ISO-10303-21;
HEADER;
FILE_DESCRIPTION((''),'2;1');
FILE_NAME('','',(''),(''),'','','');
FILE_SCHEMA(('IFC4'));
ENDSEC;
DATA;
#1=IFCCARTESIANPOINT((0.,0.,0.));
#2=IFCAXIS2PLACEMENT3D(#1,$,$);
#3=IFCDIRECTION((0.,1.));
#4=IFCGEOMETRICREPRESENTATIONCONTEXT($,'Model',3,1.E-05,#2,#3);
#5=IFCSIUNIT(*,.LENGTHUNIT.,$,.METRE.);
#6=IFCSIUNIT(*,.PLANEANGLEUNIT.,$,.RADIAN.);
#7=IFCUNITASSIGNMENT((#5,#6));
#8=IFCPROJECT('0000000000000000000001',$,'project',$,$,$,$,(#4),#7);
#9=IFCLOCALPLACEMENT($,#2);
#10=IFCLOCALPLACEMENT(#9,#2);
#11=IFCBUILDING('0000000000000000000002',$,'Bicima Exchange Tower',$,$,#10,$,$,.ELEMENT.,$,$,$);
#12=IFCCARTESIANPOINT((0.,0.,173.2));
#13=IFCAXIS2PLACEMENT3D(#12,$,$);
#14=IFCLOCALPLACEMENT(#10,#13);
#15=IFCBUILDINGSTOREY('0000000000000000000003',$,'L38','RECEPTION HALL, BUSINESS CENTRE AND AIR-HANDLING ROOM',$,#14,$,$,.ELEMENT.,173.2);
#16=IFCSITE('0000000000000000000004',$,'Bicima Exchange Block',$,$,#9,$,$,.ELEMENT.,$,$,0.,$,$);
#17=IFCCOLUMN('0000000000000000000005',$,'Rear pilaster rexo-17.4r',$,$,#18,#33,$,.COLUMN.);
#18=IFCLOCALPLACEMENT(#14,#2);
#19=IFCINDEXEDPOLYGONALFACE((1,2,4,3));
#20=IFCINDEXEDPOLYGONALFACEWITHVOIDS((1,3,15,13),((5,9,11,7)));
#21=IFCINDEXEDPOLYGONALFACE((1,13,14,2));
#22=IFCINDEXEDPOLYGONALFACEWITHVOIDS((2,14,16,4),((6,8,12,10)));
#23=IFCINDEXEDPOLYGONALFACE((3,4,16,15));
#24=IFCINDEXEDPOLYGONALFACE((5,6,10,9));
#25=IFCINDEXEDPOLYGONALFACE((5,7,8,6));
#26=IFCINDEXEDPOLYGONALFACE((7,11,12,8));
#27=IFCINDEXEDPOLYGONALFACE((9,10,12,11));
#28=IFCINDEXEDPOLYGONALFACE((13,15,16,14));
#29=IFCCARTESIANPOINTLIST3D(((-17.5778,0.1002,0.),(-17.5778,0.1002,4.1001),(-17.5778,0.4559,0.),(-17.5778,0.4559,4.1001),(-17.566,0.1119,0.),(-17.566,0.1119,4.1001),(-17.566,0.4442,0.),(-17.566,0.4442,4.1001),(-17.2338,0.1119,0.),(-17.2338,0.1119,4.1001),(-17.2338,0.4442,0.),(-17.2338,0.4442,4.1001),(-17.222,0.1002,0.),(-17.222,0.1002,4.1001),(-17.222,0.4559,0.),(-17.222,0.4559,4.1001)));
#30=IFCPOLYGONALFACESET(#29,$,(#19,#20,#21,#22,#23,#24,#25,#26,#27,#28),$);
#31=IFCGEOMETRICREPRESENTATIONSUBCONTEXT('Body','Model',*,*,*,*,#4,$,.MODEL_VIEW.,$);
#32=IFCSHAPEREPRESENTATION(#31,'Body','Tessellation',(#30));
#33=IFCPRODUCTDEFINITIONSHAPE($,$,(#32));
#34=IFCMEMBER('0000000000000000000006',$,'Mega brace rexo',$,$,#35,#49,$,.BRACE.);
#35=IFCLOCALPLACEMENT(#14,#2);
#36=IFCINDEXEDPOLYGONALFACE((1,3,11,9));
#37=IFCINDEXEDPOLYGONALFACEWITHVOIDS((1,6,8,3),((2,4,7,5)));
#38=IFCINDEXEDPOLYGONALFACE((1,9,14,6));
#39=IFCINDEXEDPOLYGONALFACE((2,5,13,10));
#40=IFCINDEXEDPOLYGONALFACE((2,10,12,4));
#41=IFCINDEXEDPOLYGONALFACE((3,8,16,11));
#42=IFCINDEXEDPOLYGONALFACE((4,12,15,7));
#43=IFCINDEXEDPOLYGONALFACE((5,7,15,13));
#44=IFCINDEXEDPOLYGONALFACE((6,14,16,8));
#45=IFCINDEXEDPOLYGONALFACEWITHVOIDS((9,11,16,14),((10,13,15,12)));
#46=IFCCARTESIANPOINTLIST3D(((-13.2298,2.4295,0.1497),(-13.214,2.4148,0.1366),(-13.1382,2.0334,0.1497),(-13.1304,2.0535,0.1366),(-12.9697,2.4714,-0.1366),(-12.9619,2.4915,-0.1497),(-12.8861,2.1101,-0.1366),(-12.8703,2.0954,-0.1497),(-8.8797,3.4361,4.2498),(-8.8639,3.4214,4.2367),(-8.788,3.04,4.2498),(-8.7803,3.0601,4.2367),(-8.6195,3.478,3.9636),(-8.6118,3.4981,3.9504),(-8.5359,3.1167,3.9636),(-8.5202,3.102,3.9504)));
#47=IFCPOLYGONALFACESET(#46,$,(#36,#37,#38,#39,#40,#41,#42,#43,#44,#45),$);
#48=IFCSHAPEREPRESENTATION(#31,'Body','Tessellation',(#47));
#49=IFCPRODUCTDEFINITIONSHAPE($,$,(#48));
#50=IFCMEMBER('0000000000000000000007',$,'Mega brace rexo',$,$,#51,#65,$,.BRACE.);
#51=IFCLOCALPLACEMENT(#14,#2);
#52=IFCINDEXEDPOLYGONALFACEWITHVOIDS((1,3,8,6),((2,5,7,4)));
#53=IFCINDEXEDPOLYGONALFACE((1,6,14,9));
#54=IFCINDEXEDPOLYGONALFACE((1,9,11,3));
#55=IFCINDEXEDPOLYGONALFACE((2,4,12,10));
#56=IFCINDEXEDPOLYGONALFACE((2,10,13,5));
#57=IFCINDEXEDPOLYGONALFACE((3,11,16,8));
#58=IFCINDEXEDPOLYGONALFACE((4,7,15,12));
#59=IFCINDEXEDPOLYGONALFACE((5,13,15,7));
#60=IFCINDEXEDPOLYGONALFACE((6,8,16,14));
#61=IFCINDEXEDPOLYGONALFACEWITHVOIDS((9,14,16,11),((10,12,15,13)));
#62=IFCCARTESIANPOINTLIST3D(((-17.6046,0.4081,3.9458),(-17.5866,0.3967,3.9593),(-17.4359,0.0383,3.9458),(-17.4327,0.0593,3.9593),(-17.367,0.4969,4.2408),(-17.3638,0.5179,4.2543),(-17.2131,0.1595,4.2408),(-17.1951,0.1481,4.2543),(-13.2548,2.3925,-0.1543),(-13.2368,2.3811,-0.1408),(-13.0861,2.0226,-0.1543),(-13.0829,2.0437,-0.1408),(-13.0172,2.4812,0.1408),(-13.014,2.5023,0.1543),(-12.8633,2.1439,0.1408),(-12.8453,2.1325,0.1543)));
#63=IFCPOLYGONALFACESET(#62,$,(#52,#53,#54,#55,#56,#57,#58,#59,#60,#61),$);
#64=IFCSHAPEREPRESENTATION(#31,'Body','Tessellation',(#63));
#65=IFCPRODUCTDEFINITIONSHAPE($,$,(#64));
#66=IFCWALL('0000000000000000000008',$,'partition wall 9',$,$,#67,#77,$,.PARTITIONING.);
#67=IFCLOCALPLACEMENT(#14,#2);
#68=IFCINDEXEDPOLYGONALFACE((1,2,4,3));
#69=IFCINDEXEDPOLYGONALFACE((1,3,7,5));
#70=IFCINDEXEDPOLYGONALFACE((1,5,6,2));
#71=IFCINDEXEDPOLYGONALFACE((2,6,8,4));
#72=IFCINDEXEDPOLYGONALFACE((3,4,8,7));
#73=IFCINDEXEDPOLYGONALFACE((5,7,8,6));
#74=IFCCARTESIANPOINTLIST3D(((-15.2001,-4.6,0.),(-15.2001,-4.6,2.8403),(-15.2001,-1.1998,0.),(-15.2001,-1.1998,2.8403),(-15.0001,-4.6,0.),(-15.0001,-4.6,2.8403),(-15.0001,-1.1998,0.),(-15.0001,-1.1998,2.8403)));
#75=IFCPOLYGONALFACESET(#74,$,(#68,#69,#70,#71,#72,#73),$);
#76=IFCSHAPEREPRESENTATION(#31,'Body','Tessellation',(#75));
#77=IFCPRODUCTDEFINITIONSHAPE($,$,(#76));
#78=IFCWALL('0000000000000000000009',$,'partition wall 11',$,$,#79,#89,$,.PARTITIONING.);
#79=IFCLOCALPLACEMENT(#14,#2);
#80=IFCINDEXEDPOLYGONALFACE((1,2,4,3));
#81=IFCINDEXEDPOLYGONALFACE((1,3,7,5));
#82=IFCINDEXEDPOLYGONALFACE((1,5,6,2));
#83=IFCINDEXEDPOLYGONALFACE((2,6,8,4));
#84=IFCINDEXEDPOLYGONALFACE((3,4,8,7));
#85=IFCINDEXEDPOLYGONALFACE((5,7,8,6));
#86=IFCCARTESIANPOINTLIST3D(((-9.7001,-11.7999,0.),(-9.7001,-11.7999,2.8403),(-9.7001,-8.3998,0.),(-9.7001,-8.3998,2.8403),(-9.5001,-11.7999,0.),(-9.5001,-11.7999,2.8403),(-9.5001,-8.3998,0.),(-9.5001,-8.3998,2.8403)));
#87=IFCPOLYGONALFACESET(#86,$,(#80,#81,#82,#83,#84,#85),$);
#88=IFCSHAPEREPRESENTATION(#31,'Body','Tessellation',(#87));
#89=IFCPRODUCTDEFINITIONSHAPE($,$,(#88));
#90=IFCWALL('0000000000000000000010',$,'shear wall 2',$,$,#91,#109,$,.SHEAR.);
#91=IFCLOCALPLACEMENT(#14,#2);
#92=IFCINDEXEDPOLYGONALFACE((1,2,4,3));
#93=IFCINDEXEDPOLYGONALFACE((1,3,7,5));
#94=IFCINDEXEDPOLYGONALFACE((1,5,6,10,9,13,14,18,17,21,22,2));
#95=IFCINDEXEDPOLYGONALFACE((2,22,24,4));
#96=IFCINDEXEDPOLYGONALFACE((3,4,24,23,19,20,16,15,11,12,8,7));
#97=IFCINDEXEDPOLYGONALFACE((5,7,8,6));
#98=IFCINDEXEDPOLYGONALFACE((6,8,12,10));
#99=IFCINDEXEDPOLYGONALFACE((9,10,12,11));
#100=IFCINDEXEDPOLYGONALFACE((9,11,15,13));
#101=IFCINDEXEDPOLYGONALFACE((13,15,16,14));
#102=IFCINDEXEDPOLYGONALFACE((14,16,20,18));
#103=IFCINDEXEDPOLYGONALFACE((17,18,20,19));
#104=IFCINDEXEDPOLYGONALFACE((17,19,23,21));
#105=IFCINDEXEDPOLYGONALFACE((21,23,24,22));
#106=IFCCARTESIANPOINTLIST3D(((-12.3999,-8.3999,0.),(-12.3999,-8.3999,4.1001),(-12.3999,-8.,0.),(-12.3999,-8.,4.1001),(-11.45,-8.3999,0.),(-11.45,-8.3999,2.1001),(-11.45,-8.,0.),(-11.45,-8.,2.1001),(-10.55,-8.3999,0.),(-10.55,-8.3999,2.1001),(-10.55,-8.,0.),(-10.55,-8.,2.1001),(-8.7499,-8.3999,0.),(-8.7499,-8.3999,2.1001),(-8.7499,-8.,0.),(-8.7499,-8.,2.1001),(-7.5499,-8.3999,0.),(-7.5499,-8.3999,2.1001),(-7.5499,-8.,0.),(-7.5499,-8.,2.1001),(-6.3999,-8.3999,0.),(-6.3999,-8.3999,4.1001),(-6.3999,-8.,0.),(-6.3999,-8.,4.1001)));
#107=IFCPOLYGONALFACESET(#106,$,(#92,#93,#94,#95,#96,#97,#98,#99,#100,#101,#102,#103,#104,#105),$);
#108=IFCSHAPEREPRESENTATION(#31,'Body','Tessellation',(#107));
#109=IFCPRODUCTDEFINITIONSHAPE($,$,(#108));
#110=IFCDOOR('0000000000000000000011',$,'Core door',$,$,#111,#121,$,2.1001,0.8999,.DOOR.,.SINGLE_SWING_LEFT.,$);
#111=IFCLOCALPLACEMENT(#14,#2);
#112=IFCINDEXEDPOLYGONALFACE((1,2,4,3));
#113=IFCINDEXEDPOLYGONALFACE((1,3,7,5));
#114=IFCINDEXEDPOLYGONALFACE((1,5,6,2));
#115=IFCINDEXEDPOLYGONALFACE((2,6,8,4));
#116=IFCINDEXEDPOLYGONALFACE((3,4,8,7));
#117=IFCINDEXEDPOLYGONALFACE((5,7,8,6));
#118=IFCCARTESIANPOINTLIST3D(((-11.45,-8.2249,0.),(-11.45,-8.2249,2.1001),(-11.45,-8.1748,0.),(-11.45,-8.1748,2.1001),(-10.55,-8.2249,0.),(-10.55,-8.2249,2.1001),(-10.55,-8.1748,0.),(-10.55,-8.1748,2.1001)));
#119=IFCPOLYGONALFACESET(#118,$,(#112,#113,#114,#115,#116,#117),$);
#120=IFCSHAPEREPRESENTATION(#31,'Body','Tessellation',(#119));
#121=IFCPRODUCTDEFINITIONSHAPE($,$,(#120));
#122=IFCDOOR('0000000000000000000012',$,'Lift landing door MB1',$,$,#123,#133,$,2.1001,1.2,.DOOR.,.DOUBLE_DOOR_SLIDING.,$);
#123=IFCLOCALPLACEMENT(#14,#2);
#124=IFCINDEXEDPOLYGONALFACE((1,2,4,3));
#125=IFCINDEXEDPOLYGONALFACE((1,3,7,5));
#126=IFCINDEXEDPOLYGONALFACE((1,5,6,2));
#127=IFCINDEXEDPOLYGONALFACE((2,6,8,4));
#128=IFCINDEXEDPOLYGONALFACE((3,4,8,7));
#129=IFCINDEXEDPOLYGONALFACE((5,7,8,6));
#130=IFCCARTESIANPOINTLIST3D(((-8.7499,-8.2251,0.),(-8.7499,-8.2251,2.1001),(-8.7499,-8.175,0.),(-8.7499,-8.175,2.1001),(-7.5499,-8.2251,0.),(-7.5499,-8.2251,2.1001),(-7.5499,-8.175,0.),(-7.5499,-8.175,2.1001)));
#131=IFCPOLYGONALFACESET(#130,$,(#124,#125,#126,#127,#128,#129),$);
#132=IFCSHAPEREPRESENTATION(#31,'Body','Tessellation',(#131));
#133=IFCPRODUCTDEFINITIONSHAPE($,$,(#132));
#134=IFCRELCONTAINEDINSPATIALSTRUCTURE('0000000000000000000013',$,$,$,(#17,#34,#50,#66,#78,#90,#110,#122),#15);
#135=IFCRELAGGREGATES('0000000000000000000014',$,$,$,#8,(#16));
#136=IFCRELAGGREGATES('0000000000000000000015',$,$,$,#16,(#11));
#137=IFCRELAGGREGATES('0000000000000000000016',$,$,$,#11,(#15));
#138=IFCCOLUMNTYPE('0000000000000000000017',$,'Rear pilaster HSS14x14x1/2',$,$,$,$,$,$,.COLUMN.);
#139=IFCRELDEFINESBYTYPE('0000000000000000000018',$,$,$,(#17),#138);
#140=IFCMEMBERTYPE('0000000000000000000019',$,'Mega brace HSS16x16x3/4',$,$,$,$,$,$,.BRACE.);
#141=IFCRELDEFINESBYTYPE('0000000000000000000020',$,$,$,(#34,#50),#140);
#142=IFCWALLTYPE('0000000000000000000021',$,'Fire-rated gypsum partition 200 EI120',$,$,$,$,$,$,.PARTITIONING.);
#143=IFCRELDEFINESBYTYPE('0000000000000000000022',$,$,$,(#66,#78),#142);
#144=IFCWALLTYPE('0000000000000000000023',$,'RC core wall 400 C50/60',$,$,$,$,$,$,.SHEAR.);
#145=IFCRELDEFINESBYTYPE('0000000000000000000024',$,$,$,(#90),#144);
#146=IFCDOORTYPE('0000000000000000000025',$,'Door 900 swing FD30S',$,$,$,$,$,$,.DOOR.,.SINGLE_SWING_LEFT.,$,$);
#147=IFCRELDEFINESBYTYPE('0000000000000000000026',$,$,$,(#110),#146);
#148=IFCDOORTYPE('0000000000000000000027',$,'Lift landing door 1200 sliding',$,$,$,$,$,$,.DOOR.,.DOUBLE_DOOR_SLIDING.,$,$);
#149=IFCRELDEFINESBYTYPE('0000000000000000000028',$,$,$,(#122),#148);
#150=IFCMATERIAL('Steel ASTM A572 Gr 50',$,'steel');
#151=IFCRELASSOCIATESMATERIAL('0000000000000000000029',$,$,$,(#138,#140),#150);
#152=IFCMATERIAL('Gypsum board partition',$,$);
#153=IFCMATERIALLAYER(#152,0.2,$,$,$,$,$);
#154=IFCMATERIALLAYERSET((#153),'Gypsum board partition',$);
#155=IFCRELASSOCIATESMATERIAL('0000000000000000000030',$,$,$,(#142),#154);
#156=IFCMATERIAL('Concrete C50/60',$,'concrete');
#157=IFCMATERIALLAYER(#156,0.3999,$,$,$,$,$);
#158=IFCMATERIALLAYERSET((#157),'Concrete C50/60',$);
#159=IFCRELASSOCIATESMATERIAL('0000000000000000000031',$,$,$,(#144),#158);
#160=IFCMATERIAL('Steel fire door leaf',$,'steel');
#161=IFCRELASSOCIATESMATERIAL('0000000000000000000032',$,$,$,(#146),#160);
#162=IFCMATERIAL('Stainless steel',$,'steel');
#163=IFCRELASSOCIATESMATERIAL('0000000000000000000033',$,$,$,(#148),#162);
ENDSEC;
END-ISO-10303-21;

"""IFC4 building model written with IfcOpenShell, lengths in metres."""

from ifc_helpers import new_model, si_unit, direction, frame, frame_2d, origin, origin_2d, place, context, subcontext, project, spatial, rectangle, hollow_rectangle, extrude, material, layer, layer_set, material_profile, profile_set, type_object, element, fill, save


model = new_model("IFC4")

# Units and contexts
model_context = context("Model", 3, precision=1e-05, world=origin(), true_north=direction((0.0, 1.0)))
body_context = subcontext(model_context, "Body", "Model", "MODEL_VIEW")
ifc_project = project(units=[si_unit("LENGTHUNIT", "METRE"), si_unit("PLANEANGLEUNIT", "RADIAN")], contexts=[model_context])

# Site, building, storey
site_placement = place(None, origin())
site = spatial("IfcSite", under=ifc_project, at=site_placement, Name="Bicima Exchange Block", CompositionType="ELEMENT", RefElevation=0.0)
building_placement = place(site_placement, origin())
building = spatial("IfcBuilding", under=site, at=building_placement, Name="Bicima Exchange Tower", CompositionType="ELEMENT")
storey_placement = place(building_placement, frame((0.0, 0.0, 173.2)))
storey = spatial("IfcBuildingStorey", under=building, at=storey_placement, Name="L38", Description="RECEPTION HALL, BUSINESS CENTRE AND AIR-HANDLING ROOM", CompositionType="ELEMENT", Elevation=173.2)

# Column
ifc_material_1 = material(Name="Steel ASTM A572 Gr 50", Category="steel")
ifc_material_profile_1 = material_profile(ifc_material_1, hollow_rectangle(XDim=0.3557, YDim=0.3557, WallThickness=0.0117, at=origin_2d()))
ifc_profile_set_1 = profile_set([ifc_material_profile_1], Name="Steel ASTM A572 Gr 50")
column_type = type_object("IfcColumnType", Name="Rear pilaster HSS14x14x1/2", PredefinedType="COLUMN", material=ifc_profile_set_1)
column_placement = place(storey_placement, frame((-17.3999, 0.2781, 0.0), z_axis=(0.0, 0.0, 1.0), x_axis=(1.0, 0.0, 0.0)))
element("IfcColumn", 1, at=column_placement, inside=storey, type_object=column_type, Name="Rear pilaster rexo-17.4r", PredefinedType="COLUMN", context=body_context, shape_type="SweptSolid", body=[
    extrude(hollow_rectangle(XDim=0.3557, YDim=0.3557, WallThickness=0.0117, at=origin_2d()), origin(), (0.0, 0.0, 1.0), 4.1001),
])

# Members
ifc_material_profile_2 = material_profile(ifc_material_1, hollow_rectangle(XDim=0.4065, YDim=0.4065, WallThickness=0.0178, at=origin_2d()))
ifc_profile_set_2 = profile_set([ifc_material_profile_2], Name="Steel ASTM A572 Gr 50")
member_type = type_object("IfcMemberType", Name="Mega brace HSS16x16x3/4", PredefinedType="BRACE", material=ifc_profile_set_2)
member_1_placement = place(storey_placement, frame((-13.05, 2.2625, 0.0), z_axis=(0.717606, 0.166051, 0.676365), x_axis=(-0.225439, 0.974257, 0.0)))
element("IfcMember", 2, at=member_1_placement, inside=storey, type_object=member_type, Name="Mega brace rexo", PredefinedType="BRACE", context=body_context, shape_type="SweptSolid", body=[
    extrude(hollow_rectangle(XDim=0.4065, YDim=0.4065, WallThickness=0.0178, at=origin_2d()), origin(), (0.0, 0.0, 1.0), 6.062),
])
member_2_placement = place(storey_placement, frame((-13.05, 2.2625, 0.0), z_axis=(-0.690629, -0.31506, 0.650975), x_axis=(0.415045, -0.909801, 0.0)))
element("IfcMember", 3, at=member_2_placement, inside=storey, type_object=member_type, Name="Mega brace rexo", PredefinedType="BRACE", context=body_context, shape_type="SweptSolid", body=[
    extrude(hollow_rectangle(XDim=0.4065, YDim=0.4065, WallThickness=0.0178, at=origin_2d()), origin(), (0.0, 0.0, 1.0), 6.2983),
])

# Walls
ifc_material_2 = material(Name="Gypsum board partition")
ifc_layer_1 = layer(ifc_material_2, 0.2)
ifc_layer_set_1 = layer_set([ifc_layer_1], Name="Gypsum board partition")
wall_type_1 = type_object("IfcWallType", Name="Fire-rated gypsum partition 200 EI120", PredefinedType="PARTITIONING", material=ifc_layer_set_1)
for number, where, z_axis, x_axis, name in (
    (4, (-15.1001, -4.6001, 0.0), (0.0, 0.0, 1.0), (0.0, 1.0, 0.0), "partition wall 9"),
    (5, (-9.6001, -11.8, 0.0), (0.0, 0.0, 1.0), (0.0, 1.0, 0.0), "partition wall 11"),
):
    element("IfcWall", number, at=place(storey_placement, frame(where, z_axis=z_axis, x_axis=x_axis)), inside=storey, type_object=wall_type_1, Name=name, PredefinedType="PARTITIONING", context=body_context, shape_type="SweptSolid", body=[
        extrude(rectangle(XDim=3.4001, YDim=0.2, at=frame_2d((1.7002, 0.0))), origin(), (0.0, 0.0, 1.0), 2.8403),
    ])

# Wall, openings, doors
ifc_material_3 = material(Name="Concrete C50/60", Category="concrete")
ifc_layer_2 = layer(ifc_material_3, 0.3999)
ifc_layer_set_2 = layer_set([ifc_layer_2], Name="Concrete C50/60")
wall_type_2 = type_object("IfcWallType", Name="RC core wall 400 C50/60", PredefinedType="SHEAR", material=ifc_layer_set_2)
wall_1_placement = place(storey_placement, frame((-12.3999, -8.2, 0.0), z_axis=(0.0, 0.0, 1.0), x_axis=(1.0, 0.0, 0.0)))
wall_1 = element("IfcWall", 6, at=wall_1_placement, inside=storey, type_object=wall_type_2, Name="shear wall 2", PredefinedType="SHEAR", context=body_context, shape_type="SweptSolid", body=[
    extrude(rectangle(XDim=6.0, YDim=0.3999, at=frame_2d((3.0, 0.0))), origin(), (0.0, 0.0, 1.0), 4.1001),
])
opening_1_placement = place(wall_1_placement, frame((3.6499, 0.0, 0.0)))
opening_1 = element("IfcOpeningElement", 7, at=opening_1_placement, cuts=wall_1, PredefinedType="OPENING", context=body_context, shape_type="SweptSolid", body=[
    extrude(rectangle(XDim=1.2, YDim=2.1001, at=frame_2d((0.6001, 1.05))), frame((0.0, 0.2119, 0.0), z_axis=(0.0, -1.0, 0.0), x_axis=(1.0, 0.0, 0.0)), (0.0, 0.0, 1.0), 0.4238),
])
opening_2_placement = place(wall_1_placement, frame((0.95, 0.0, 0.0)))
opening_2 = element("IfcOpeningElement", 8, at=opening_2_placement, cuts=wall_1, PredefinedType="OPENING", context=body_context, shape_type="SweptSolid", body=[
    extrude(rectangle(XDim=0.8999, YDim=2.1001, at=frame_2d((0.45, 1.05))), frame((0.0, 0.2119, 0.0), z_axis=(0.0, -1.0, 0.0), x_axis=(1.0, 0.0, 0.0)), (0.0, 0.0, 1.0), 0.4238),
])
ifc_material_4 = material(Name="Steel fire door leaf", Category="steel")
door_type_1 = type_object("IfcDoorType", Name="Door 900 swing FD30S", OperationType="SINGLE_SWING_LEFT", PredefinedType="DOOR", material=ifc_material_4)
door_1_placement = place(opening_2_placement, frame((0.8999, 0.0, 0.0), z_axis=(0.0, 0.0, 1.0), x_axis=(-1.0, 0.0, 0.0)))
door_1 = element("IfcDoor", 9, at=door_1_placement, inside=storey, type_object=door_type_1, Name="Core door", OperationType="SINGLE_SWING_LEFT", OverallHeight=2.1001, OverallWidth=0.8999, PredefinedType="DOOR", context=body_context, shape_type="SweptSolid", body=[
    extrude(rectangle(XDim=0.8999, YDim=2.1001, at=frame_2d((0.45, 1.05))), frame((0.0, 0.0249, 0.0), z_axis=(0.0, -1.0, 0.0), x_axis=(1.0, 0.0, 0.0)), (0.0, 0.0, 1.0), 0.05),
])
fill(opening_2, door_1)
ifc_material_5 = material(Name="Stainless steel", Category="steel")
door_type_2 = type_object("IfcDoorType", Name="Lift landing door 1200 sliding", OperationType="DOUBLE_DOOR_SLIDING", PredefinedType="DOOR", material=ifc_material_5)
door_2_placement = place(opening_1_placement, origin())
door_2 = element("IfcDoor", 10, at=door_2_placement, inside=storey, type_object=door_type_2, Name="Lift landing door MB1", OperationType="DOUBLE_DOOR_SLIDING", OverallHeight=2.1001, OverallWidth=1.2, PredefinedType="DOOR", context=body_context, shape_type="SweptSolid", body=[
    extrude(rectangle(XDim=1.2, YDim=2.1001, at=frame_2d((0.6001, 1.05))), frame((0.0, 0.0249, 0.0), z_axis=(0.0, -1.0, 0.0), x_axis=(1.0, 0.0, 0.0)), (0.0, 0.0, 1.0), 0.05),
])
fill(opening_1, door_2)

save(model, "model.ifc")
